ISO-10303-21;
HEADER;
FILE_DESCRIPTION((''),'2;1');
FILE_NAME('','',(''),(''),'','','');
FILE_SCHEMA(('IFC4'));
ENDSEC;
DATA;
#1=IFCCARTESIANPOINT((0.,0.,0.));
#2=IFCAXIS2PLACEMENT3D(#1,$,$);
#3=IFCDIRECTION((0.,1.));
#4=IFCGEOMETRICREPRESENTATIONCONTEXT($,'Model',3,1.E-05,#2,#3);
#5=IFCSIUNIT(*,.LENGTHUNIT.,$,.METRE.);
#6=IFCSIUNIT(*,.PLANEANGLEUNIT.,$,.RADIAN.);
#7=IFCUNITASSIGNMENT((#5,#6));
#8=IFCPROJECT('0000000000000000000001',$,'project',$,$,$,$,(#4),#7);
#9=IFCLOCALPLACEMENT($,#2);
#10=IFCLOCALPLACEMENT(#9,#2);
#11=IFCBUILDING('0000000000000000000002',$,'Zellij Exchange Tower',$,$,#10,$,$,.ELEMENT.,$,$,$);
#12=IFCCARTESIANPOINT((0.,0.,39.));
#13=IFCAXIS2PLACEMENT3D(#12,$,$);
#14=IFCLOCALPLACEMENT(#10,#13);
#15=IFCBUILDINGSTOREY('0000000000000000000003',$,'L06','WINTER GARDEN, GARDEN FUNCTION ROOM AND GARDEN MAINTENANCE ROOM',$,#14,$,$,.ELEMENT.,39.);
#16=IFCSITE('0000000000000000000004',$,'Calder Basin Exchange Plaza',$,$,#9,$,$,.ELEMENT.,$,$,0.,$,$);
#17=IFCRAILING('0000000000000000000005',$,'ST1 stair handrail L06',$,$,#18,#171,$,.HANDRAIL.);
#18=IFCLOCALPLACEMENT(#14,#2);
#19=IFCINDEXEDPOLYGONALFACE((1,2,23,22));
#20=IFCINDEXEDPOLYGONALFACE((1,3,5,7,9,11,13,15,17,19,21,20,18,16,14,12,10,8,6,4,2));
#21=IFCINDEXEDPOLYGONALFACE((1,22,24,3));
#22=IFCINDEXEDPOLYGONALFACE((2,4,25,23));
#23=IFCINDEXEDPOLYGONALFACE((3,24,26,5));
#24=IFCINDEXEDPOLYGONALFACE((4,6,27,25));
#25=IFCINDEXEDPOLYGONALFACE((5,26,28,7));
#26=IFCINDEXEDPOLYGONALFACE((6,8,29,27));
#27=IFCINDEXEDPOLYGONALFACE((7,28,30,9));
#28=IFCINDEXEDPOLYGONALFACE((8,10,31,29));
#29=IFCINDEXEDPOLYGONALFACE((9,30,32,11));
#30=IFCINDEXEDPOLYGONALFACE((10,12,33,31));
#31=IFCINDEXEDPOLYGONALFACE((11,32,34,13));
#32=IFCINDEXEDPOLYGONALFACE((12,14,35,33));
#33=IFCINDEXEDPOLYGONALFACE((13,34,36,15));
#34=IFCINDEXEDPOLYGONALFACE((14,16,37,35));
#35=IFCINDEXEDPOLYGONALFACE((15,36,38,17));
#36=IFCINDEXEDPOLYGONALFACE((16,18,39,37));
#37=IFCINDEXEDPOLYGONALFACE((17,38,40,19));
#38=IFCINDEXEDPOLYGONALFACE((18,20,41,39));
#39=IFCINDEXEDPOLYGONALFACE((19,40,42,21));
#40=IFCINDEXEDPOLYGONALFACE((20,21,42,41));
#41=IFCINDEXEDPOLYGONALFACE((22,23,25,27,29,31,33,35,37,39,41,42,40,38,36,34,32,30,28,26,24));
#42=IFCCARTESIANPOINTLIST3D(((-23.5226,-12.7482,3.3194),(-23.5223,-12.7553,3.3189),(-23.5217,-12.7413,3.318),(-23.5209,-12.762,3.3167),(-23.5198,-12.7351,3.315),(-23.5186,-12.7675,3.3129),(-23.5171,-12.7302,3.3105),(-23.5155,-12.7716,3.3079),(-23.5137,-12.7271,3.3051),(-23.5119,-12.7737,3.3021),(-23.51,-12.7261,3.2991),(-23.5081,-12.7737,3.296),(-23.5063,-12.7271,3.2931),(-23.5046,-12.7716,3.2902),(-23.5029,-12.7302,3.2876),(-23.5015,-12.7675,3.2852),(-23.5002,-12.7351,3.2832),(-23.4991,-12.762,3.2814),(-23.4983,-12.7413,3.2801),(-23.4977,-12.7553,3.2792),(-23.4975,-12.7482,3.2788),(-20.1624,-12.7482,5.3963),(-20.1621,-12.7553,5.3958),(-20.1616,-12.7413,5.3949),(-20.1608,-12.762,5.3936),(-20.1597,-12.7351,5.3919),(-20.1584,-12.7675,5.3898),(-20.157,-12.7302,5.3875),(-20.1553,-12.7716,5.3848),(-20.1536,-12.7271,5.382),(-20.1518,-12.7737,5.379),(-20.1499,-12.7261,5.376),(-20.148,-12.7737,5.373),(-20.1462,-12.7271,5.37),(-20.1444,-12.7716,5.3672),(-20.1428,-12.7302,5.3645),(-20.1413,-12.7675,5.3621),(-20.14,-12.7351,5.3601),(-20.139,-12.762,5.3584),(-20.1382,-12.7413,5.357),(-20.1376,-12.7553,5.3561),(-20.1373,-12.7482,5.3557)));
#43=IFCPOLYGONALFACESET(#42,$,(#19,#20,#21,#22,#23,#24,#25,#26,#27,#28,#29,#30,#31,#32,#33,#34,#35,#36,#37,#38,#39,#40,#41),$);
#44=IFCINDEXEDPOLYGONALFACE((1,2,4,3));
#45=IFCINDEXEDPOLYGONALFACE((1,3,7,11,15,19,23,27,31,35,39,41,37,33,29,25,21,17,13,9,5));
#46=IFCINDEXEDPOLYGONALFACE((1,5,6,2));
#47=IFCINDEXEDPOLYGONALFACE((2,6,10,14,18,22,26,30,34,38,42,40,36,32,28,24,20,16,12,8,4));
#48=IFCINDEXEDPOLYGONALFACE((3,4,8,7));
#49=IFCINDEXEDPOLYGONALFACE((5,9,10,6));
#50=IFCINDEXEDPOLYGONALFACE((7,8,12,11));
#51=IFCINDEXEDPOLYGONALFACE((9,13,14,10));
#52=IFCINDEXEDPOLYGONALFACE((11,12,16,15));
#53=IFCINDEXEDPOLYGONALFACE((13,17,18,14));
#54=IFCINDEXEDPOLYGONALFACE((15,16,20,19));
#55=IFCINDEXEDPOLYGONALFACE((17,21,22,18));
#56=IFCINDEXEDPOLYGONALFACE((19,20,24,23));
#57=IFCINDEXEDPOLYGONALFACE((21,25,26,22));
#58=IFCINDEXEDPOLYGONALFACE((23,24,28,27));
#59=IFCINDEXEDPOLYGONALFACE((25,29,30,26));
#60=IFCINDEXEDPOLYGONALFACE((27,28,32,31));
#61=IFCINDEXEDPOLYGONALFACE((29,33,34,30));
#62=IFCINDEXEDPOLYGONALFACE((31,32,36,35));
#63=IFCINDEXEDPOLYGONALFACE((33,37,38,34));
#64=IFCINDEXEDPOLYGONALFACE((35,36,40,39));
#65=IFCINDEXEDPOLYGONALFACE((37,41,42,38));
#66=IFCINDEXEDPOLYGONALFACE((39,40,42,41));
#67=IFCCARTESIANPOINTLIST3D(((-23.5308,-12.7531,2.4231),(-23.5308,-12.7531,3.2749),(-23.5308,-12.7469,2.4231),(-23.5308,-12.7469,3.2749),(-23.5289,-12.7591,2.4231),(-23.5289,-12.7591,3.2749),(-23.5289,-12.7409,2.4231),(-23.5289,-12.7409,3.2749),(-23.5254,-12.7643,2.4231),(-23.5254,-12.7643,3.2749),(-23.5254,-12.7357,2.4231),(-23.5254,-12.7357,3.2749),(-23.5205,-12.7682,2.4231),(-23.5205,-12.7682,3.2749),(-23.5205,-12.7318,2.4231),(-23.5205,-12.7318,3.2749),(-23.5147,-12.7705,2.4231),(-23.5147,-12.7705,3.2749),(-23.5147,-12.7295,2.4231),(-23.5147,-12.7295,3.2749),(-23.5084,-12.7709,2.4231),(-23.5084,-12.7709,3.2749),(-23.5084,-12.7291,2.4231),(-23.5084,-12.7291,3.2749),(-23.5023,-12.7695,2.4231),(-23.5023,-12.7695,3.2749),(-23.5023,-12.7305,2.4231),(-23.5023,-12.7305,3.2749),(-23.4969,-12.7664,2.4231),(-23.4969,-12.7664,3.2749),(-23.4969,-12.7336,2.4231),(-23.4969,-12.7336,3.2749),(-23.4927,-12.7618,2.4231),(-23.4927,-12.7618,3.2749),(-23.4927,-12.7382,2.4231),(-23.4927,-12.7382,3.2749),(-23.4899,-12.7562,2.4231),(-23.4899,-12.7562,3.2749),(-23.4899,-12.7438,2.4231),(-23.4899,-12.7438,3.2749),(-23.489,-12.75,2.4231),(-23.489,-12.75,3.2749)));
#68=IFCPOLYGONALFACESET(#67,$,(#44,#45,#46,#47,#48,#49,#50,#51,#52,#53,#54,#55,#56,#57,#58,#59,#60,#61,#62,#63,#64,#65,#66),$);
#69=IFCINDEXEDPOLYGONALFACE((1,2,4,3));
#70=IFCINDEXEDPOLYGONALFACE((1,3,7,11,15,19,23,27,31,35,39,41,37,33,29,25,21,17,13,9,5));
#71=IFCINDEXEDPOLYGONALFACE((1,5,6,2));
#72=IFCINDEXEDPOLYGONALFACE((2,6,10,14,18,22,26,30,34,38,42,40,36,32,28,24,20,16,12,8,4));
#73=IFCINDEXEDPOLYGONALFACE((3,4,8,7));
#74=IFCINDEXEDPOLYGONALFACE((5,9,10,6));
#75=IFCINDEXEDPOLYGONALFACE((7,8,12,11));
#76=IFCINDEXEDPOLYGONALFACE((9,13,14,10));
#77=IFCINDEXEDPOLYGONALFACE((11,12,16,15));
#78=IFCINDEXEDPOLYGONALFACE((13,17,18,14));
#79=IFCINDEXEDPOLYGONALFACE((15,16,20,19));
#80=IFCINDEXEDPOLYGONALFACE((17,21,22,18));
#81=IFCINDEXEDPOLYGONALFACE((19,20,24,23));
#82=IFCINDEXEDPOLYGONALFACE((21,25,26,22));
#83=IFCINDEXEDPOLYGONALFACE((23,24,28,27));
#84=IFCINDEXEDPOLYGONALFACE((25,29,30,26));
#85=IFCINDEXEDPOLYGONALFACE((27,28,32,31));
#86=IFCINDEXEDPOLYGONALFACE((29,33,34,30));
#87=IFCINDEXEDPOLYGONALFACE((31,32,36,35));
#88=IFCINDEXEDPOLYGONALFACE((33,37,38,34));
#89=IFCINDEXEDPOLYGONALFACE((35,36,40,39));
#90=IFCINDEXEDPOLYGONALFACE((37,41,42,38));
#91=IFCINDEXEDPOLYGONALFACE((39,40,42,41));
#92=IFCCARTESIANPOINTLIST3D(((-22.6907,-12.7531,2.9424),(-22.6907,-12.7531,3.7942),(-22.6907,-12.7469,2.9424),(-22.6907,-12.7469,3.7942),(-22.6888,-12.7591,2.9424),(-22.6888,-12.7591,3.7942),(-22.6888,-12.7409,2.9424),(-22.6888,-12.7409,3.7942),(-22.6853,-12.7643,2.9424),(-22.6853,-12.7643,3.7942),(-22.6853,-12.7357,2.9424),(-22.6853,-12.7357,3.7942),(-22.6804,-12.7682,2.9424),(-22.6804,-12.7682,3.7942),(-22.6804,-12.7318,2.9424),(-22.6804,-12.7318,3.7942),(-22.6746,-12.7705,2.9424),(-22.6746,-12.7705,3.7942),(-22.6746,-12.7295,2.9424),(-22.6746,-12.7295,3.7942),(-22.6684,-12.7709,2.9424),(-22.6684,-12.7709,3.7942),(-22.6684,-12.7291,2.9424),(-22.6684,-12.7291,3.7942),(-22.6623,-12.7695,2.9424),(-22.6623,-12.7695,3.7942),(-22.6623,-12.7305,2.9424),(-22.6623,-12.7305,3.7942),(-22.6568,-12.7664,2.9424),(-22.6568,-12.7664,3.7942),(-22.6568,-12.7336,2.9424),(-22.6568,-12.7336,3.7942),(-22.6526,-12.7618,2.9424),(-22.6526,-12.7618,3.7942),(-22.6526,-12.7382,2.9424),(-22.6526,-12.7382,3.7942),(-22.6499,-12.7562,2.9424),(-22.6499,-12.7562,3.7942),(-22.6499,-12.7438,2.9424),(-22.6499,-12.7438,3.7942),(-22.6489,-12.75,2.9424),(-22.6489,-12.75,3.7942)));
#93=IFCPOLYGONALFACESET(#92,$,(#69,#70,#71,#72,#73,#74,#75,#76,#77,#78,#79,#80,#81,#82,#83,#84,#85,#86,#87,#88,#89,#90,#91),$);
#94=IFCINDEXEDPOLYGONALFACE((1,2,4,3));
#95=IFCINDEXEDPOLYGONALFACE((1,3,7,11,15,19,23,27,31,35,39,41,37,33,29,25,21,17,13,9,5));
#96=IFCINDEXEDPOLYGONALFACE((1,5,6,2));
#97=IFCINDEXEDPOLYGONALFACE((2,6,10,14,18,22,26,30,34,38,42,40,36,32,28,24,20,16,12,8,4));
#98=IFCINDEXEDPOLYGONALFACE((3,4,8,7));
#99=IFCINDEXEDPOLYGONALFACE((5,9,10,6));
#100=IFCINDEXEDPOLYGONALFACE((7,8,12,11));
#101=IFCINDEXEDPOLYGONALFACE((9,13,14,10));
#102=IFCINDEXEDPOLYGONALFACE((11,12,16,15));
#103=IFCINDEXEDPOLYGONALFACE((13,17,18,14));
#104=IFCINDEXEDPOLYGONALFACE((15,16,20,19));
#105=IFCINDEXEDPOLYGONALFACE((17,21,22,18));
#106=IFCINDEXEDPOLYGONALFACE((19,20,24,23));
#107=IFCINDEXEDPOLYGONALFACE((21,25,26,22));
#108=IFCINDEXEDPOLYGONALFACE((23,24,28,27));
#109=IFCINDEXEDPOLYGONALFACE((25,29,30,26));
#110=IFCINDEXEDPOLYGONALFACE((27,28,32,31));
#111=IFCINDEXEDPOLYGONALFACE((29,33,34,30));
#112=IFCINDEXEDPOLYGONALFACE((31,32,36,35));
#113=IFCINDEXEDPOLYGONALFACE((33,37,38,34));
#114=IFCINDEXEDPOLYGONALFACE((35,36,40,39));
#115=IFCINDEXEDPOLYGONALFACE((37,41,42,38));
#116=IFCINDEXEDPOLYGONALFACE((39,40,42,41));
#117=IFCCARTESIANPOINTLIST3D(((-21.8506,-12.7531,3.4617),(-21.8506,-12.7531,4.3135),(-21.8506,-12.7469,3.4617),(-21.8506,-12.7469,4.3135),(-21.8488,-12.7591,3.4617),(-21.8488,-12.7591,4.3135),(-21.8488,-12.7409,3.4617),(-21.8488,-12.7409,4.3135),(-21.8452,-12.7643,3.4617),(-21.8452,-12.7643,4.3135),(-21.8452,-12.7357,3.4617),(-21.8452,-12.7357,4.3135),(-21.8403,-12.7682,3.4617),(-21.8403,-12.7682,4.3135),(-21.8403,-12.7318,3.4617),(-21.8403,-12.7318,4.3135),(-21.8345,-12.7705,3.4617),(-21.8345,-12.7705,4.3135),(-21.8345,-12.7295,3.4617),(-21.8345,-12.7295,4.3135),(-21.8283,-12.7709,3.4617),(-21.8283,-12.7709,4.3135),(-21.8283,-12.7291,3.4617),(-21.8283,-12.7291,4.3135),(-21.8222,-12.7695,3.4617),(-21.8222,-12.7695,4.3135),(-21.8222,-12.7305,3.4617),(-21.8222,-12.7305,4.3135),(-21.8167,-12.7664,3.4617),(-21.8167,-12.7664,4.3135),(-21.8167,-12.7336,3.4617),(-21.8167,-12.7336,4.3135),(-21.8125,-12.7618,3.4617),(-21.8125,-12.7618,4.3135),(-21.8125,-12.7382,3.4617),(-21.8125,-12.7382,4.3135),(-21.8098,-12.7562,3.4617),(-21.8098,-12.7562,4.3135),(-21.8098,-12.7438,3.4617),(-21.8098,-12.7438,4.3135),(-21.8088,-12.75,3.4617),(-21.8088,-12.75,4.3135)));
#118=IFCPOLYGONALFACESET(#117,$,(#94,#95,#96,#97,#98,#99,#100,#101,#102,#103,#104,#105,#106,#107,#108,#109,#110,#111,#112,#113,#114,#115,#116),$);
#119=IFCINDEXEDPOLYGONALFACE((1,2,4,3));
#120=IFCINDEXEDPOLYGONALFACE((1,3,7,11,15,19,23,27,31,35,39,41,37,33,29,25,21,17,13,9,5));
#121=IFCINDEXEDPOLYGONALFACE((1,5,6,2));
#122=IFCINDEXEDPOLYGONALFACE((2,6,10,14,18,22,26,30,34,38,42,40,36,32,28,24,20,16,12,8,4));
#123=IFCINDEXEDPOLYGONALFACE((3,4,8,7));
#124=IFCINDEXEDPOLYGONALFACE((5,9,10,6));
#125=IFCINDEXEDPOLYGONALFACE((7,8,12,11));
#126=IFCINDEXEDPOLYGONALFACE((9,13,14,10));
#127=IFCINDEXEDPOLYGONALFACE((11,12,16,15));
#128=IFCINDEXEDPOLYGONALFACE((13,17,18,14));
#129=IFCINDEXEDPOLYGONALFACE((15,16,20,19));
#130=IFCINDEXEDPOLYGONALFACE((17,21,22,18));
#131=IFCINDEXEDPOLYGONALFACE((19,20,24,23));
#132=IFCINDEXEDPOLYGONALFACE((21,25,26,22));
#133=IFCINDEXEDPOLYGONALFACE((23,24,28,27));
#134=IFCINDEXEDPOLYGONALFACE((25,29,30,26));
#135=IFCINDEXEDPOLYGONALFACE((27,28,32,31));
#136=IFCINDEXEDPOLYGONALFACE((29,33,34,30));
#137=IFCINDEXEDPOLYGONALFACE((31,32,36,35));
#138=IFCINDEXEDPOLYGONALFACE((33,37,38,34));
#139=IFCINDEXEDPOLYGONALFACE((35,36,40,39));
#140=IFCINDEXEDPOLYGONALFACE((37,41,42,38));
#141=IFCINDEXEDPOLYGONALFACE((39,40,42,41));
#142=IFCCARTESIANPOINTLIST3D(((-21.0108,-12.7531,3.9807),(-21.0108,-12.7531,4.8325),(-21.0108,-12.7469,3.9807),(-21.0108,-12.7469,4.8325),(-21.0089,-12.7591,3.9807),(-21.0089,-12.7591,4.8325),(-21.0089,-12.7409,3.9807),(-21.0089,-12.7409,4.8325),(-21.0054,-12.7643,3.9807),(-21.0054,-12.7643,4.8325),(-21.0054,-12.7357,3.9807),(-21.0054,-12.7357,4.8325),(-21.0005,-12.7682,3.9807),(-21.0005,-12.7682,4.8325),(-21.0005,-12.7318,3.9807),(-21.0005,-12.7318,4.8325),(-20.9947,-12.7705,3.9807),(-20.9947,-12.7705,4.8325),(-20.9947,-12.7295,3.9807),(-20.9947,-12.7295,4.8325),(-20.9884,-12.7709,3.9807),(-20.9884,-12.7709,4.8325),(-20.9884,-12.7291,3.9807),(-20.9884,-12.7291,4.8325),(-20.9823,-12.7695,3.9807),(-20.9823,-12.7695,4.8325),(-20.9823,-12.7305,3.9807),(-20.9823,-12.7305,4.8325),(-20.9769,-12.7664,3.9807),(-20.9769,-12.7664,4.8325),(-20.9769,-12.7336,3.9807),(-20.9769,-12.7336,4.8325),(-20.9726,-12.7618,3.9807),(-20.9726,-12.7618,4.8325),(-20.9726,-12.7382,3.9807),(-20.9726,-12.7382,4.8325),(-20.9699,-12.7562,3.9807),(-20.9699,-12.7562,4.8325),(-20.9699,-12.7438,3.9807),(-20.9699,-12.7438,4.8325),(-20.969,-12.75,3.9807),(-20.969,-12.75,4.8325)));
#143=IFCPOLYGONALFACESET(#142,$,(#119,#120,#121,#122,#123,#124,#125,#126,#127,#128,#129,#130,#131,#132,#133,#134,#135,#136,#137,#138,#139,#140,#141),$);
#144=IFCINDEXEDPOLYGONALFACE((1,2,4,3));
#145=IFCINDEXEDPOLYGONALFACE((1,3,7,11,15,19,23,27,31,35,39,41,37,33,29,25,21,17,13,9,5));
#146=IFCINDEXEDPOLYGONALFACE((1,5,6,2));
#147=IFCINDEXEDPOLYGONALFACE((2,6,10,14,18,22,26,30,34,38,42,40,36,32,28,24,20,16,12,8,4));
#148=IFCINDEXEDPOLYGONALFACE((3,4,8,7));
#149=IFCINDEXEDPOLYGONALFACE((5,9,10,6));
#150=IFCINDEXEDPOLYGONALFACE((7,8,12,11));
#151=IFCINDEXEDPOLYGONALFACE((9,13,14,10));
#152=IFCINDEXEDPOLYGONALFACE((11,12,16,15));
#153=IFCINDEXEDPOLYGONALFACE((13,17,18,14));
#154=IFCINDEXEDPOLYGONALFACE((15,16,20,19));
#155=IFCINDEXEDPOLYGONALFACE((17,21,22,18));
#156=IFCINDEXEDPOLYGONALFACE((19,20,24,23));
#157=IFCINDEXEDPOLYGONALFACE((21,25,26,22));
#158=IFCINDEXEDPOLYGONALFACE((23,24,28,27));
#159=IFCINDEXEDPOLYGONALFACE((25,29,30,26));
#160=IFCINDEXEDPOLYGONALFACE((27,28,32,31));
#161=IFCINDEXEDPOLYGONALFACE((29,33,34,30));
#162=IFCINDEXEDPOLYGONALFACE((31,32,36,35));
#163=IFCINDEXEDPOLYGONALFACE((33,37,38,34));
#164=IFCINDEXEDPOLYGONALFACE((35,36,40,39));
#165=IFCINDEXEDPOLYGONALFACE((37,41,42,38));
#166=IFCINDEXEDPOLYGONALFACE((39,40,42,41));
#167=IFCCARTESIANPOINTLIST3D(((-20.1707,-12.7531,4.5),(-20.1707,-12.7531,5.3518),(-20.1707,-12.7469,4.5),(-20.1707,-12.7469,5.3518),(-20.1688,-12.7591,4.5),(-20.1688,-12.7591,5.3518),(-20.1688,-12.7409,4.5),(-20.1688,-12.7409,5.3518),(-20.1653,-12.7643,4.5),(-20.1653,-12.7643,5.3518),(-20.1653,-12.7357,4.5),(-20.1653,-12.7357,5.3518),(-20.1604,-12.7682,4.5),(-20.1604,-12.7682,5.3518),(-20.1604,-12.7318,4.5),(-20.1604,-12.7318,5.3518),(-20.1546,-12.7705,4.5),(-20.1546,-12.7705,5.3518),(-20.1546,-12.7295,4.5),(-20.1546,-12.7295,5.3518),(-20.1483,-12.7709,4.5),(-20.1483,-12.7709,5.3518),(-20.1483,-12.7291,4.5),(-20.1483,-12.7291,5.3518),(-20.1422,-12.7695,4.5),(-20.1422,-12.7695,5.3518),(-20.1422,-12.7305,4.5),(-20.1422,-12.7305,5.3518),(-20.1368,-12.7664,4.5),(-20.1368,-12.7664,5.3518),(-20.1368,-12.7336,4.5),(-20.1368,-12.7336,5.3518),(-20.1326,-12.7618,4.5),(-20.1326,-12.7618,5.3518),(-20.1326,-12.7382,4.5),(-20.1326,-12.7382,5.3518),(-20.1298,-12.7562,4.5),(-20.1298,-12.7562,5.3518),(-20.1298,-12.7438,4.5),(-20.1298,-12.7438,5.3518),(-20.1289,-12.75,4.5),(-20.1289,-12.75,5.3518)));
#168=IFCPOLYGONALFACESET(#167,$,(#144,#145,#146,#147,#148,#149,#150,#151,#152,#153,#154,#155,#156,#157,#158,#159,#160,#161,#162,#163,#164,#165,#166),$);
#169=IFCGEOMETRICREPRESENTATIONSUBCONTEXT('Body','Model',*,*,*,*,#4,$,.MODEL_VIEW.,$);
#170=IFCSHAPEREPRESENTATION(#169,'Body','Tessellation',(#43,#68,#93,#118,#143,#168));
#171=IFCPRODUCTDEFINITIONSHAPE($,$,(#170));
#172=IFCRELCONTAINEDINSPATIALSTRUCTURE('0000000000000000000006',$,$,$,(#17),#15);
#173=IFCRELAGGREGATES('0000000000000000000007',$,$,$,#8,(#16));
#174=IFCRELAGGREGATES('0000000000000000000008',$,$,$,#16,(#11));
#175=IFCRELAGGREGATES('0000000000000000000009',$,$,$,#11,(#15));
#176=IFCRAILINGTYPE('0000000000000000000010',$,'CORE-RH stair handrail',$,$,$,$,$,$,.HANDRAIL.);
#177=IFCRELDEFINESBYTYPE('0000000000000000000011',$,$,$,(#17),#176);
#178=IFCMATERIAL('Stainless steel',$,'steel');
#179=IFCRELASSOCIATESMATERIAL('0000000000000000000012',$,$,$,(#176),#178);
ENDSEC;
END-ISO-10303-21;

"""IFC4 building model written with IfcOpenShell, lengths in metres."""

from ifc_helpers import new_model, si_unit, direction, frame, origin, origin_2d, place, context, subcontext, project, spatial, circle, extrude, material, type_object, element, save


model = new_model("IFC4")

# Units and contexts
model_context = context("Model", 3, precision=1e-05, world=origin(), true_north=direction((0.0, 1.0)))
body_context = subcontext(model_context, "Body", "Model", "MODEL_VIEW")
ifc_project = project(units=[si_unit("LENGTHUNIT", "METRE"), si_unit("PLANEANGLEUNIT", "RADIAN")], contexts=[model_context])

# Site, building, storey
site_placement = place(None, origin())
site = spatial("IfcSite", under=ifc_project, at=site_placement, Name="Calder Basin Exchange Plaza", CompositionType="ELEMENT", RefElevation=0.0)
building_placement = place(site_placement, origin())
building = spatial("IfcBuilding", under=site, at=building_placement, Name="Zellij Exchange Tower", CompositionType="ELEMENT")
storey_placement = place(building_placement, frame((0.0, 0.0, 39.0)))
storey = spatial("IfcBuildingStorey", under=building, at=storey_placement, Name="L06", Description="WINTER GARDEN, GARDEN FUNCTION ROOM AND GARDEN MAINTENANCE ROOM", CompositionType="ELEMENT", Elevation=39.0)

# Railing
ifc_material_1 = material(Name="Stainless steel", Category="steel")
railing_type = type_object("IfcRailingType", Name="CORE-RH stair handrail", PredefinedType="HANDRAIL", material=ifc_material_1)
railing_placement = place(storey_placement, frame((-23.51, -12.75, 2.4231)))
element("IfcRailing", 1, at=railing_placement, inside=storey, type_object=railing_type, Name="ST1 stair handrail L06", PredefinedType="HANDRAIL", context=body_context, shape_type="SweptSolid", body=[
    extrude(circle(Radius=0.0239, at=origin_2d()), frame((0.0, 0.0, 0.876), z_axis=(0.850623, 0.0, 0.525776), x_axis=(0.0, 1.0, 0.0)), (0.0, 0.0, 1.0), 3.9502),
    extrude(circle(Radius=0.021, at=origin_2d()), origin(), (0.0, 0.0, 1.0), 0.8518),
    extrude(circle(Radius=0.021, at=origin_2d()), frame((0.8401, 0.0, 0.5193)), (0.0, 0.0, 1.0), 0.8518),
    extrude(circle(Radius=0.021, at=origin_2d()), frame((1.6802, 0.0, 1.0386)), (0.0, 0.0, 1.0), 0.8518),
    extrude(circle(Radius=0.021, at=origin_2d()), frame((2.52, 0.0, 1.5576)), (0.0, 0.0, 1.0), 0.8518),
    extrude(circle(Radius=0.021, at=origin_2d()), frame((3.3601, 0.0, 2.0769)), (0.0, 0.0, 1.0), 0.8518),
])

save(model, "model.ifc")
